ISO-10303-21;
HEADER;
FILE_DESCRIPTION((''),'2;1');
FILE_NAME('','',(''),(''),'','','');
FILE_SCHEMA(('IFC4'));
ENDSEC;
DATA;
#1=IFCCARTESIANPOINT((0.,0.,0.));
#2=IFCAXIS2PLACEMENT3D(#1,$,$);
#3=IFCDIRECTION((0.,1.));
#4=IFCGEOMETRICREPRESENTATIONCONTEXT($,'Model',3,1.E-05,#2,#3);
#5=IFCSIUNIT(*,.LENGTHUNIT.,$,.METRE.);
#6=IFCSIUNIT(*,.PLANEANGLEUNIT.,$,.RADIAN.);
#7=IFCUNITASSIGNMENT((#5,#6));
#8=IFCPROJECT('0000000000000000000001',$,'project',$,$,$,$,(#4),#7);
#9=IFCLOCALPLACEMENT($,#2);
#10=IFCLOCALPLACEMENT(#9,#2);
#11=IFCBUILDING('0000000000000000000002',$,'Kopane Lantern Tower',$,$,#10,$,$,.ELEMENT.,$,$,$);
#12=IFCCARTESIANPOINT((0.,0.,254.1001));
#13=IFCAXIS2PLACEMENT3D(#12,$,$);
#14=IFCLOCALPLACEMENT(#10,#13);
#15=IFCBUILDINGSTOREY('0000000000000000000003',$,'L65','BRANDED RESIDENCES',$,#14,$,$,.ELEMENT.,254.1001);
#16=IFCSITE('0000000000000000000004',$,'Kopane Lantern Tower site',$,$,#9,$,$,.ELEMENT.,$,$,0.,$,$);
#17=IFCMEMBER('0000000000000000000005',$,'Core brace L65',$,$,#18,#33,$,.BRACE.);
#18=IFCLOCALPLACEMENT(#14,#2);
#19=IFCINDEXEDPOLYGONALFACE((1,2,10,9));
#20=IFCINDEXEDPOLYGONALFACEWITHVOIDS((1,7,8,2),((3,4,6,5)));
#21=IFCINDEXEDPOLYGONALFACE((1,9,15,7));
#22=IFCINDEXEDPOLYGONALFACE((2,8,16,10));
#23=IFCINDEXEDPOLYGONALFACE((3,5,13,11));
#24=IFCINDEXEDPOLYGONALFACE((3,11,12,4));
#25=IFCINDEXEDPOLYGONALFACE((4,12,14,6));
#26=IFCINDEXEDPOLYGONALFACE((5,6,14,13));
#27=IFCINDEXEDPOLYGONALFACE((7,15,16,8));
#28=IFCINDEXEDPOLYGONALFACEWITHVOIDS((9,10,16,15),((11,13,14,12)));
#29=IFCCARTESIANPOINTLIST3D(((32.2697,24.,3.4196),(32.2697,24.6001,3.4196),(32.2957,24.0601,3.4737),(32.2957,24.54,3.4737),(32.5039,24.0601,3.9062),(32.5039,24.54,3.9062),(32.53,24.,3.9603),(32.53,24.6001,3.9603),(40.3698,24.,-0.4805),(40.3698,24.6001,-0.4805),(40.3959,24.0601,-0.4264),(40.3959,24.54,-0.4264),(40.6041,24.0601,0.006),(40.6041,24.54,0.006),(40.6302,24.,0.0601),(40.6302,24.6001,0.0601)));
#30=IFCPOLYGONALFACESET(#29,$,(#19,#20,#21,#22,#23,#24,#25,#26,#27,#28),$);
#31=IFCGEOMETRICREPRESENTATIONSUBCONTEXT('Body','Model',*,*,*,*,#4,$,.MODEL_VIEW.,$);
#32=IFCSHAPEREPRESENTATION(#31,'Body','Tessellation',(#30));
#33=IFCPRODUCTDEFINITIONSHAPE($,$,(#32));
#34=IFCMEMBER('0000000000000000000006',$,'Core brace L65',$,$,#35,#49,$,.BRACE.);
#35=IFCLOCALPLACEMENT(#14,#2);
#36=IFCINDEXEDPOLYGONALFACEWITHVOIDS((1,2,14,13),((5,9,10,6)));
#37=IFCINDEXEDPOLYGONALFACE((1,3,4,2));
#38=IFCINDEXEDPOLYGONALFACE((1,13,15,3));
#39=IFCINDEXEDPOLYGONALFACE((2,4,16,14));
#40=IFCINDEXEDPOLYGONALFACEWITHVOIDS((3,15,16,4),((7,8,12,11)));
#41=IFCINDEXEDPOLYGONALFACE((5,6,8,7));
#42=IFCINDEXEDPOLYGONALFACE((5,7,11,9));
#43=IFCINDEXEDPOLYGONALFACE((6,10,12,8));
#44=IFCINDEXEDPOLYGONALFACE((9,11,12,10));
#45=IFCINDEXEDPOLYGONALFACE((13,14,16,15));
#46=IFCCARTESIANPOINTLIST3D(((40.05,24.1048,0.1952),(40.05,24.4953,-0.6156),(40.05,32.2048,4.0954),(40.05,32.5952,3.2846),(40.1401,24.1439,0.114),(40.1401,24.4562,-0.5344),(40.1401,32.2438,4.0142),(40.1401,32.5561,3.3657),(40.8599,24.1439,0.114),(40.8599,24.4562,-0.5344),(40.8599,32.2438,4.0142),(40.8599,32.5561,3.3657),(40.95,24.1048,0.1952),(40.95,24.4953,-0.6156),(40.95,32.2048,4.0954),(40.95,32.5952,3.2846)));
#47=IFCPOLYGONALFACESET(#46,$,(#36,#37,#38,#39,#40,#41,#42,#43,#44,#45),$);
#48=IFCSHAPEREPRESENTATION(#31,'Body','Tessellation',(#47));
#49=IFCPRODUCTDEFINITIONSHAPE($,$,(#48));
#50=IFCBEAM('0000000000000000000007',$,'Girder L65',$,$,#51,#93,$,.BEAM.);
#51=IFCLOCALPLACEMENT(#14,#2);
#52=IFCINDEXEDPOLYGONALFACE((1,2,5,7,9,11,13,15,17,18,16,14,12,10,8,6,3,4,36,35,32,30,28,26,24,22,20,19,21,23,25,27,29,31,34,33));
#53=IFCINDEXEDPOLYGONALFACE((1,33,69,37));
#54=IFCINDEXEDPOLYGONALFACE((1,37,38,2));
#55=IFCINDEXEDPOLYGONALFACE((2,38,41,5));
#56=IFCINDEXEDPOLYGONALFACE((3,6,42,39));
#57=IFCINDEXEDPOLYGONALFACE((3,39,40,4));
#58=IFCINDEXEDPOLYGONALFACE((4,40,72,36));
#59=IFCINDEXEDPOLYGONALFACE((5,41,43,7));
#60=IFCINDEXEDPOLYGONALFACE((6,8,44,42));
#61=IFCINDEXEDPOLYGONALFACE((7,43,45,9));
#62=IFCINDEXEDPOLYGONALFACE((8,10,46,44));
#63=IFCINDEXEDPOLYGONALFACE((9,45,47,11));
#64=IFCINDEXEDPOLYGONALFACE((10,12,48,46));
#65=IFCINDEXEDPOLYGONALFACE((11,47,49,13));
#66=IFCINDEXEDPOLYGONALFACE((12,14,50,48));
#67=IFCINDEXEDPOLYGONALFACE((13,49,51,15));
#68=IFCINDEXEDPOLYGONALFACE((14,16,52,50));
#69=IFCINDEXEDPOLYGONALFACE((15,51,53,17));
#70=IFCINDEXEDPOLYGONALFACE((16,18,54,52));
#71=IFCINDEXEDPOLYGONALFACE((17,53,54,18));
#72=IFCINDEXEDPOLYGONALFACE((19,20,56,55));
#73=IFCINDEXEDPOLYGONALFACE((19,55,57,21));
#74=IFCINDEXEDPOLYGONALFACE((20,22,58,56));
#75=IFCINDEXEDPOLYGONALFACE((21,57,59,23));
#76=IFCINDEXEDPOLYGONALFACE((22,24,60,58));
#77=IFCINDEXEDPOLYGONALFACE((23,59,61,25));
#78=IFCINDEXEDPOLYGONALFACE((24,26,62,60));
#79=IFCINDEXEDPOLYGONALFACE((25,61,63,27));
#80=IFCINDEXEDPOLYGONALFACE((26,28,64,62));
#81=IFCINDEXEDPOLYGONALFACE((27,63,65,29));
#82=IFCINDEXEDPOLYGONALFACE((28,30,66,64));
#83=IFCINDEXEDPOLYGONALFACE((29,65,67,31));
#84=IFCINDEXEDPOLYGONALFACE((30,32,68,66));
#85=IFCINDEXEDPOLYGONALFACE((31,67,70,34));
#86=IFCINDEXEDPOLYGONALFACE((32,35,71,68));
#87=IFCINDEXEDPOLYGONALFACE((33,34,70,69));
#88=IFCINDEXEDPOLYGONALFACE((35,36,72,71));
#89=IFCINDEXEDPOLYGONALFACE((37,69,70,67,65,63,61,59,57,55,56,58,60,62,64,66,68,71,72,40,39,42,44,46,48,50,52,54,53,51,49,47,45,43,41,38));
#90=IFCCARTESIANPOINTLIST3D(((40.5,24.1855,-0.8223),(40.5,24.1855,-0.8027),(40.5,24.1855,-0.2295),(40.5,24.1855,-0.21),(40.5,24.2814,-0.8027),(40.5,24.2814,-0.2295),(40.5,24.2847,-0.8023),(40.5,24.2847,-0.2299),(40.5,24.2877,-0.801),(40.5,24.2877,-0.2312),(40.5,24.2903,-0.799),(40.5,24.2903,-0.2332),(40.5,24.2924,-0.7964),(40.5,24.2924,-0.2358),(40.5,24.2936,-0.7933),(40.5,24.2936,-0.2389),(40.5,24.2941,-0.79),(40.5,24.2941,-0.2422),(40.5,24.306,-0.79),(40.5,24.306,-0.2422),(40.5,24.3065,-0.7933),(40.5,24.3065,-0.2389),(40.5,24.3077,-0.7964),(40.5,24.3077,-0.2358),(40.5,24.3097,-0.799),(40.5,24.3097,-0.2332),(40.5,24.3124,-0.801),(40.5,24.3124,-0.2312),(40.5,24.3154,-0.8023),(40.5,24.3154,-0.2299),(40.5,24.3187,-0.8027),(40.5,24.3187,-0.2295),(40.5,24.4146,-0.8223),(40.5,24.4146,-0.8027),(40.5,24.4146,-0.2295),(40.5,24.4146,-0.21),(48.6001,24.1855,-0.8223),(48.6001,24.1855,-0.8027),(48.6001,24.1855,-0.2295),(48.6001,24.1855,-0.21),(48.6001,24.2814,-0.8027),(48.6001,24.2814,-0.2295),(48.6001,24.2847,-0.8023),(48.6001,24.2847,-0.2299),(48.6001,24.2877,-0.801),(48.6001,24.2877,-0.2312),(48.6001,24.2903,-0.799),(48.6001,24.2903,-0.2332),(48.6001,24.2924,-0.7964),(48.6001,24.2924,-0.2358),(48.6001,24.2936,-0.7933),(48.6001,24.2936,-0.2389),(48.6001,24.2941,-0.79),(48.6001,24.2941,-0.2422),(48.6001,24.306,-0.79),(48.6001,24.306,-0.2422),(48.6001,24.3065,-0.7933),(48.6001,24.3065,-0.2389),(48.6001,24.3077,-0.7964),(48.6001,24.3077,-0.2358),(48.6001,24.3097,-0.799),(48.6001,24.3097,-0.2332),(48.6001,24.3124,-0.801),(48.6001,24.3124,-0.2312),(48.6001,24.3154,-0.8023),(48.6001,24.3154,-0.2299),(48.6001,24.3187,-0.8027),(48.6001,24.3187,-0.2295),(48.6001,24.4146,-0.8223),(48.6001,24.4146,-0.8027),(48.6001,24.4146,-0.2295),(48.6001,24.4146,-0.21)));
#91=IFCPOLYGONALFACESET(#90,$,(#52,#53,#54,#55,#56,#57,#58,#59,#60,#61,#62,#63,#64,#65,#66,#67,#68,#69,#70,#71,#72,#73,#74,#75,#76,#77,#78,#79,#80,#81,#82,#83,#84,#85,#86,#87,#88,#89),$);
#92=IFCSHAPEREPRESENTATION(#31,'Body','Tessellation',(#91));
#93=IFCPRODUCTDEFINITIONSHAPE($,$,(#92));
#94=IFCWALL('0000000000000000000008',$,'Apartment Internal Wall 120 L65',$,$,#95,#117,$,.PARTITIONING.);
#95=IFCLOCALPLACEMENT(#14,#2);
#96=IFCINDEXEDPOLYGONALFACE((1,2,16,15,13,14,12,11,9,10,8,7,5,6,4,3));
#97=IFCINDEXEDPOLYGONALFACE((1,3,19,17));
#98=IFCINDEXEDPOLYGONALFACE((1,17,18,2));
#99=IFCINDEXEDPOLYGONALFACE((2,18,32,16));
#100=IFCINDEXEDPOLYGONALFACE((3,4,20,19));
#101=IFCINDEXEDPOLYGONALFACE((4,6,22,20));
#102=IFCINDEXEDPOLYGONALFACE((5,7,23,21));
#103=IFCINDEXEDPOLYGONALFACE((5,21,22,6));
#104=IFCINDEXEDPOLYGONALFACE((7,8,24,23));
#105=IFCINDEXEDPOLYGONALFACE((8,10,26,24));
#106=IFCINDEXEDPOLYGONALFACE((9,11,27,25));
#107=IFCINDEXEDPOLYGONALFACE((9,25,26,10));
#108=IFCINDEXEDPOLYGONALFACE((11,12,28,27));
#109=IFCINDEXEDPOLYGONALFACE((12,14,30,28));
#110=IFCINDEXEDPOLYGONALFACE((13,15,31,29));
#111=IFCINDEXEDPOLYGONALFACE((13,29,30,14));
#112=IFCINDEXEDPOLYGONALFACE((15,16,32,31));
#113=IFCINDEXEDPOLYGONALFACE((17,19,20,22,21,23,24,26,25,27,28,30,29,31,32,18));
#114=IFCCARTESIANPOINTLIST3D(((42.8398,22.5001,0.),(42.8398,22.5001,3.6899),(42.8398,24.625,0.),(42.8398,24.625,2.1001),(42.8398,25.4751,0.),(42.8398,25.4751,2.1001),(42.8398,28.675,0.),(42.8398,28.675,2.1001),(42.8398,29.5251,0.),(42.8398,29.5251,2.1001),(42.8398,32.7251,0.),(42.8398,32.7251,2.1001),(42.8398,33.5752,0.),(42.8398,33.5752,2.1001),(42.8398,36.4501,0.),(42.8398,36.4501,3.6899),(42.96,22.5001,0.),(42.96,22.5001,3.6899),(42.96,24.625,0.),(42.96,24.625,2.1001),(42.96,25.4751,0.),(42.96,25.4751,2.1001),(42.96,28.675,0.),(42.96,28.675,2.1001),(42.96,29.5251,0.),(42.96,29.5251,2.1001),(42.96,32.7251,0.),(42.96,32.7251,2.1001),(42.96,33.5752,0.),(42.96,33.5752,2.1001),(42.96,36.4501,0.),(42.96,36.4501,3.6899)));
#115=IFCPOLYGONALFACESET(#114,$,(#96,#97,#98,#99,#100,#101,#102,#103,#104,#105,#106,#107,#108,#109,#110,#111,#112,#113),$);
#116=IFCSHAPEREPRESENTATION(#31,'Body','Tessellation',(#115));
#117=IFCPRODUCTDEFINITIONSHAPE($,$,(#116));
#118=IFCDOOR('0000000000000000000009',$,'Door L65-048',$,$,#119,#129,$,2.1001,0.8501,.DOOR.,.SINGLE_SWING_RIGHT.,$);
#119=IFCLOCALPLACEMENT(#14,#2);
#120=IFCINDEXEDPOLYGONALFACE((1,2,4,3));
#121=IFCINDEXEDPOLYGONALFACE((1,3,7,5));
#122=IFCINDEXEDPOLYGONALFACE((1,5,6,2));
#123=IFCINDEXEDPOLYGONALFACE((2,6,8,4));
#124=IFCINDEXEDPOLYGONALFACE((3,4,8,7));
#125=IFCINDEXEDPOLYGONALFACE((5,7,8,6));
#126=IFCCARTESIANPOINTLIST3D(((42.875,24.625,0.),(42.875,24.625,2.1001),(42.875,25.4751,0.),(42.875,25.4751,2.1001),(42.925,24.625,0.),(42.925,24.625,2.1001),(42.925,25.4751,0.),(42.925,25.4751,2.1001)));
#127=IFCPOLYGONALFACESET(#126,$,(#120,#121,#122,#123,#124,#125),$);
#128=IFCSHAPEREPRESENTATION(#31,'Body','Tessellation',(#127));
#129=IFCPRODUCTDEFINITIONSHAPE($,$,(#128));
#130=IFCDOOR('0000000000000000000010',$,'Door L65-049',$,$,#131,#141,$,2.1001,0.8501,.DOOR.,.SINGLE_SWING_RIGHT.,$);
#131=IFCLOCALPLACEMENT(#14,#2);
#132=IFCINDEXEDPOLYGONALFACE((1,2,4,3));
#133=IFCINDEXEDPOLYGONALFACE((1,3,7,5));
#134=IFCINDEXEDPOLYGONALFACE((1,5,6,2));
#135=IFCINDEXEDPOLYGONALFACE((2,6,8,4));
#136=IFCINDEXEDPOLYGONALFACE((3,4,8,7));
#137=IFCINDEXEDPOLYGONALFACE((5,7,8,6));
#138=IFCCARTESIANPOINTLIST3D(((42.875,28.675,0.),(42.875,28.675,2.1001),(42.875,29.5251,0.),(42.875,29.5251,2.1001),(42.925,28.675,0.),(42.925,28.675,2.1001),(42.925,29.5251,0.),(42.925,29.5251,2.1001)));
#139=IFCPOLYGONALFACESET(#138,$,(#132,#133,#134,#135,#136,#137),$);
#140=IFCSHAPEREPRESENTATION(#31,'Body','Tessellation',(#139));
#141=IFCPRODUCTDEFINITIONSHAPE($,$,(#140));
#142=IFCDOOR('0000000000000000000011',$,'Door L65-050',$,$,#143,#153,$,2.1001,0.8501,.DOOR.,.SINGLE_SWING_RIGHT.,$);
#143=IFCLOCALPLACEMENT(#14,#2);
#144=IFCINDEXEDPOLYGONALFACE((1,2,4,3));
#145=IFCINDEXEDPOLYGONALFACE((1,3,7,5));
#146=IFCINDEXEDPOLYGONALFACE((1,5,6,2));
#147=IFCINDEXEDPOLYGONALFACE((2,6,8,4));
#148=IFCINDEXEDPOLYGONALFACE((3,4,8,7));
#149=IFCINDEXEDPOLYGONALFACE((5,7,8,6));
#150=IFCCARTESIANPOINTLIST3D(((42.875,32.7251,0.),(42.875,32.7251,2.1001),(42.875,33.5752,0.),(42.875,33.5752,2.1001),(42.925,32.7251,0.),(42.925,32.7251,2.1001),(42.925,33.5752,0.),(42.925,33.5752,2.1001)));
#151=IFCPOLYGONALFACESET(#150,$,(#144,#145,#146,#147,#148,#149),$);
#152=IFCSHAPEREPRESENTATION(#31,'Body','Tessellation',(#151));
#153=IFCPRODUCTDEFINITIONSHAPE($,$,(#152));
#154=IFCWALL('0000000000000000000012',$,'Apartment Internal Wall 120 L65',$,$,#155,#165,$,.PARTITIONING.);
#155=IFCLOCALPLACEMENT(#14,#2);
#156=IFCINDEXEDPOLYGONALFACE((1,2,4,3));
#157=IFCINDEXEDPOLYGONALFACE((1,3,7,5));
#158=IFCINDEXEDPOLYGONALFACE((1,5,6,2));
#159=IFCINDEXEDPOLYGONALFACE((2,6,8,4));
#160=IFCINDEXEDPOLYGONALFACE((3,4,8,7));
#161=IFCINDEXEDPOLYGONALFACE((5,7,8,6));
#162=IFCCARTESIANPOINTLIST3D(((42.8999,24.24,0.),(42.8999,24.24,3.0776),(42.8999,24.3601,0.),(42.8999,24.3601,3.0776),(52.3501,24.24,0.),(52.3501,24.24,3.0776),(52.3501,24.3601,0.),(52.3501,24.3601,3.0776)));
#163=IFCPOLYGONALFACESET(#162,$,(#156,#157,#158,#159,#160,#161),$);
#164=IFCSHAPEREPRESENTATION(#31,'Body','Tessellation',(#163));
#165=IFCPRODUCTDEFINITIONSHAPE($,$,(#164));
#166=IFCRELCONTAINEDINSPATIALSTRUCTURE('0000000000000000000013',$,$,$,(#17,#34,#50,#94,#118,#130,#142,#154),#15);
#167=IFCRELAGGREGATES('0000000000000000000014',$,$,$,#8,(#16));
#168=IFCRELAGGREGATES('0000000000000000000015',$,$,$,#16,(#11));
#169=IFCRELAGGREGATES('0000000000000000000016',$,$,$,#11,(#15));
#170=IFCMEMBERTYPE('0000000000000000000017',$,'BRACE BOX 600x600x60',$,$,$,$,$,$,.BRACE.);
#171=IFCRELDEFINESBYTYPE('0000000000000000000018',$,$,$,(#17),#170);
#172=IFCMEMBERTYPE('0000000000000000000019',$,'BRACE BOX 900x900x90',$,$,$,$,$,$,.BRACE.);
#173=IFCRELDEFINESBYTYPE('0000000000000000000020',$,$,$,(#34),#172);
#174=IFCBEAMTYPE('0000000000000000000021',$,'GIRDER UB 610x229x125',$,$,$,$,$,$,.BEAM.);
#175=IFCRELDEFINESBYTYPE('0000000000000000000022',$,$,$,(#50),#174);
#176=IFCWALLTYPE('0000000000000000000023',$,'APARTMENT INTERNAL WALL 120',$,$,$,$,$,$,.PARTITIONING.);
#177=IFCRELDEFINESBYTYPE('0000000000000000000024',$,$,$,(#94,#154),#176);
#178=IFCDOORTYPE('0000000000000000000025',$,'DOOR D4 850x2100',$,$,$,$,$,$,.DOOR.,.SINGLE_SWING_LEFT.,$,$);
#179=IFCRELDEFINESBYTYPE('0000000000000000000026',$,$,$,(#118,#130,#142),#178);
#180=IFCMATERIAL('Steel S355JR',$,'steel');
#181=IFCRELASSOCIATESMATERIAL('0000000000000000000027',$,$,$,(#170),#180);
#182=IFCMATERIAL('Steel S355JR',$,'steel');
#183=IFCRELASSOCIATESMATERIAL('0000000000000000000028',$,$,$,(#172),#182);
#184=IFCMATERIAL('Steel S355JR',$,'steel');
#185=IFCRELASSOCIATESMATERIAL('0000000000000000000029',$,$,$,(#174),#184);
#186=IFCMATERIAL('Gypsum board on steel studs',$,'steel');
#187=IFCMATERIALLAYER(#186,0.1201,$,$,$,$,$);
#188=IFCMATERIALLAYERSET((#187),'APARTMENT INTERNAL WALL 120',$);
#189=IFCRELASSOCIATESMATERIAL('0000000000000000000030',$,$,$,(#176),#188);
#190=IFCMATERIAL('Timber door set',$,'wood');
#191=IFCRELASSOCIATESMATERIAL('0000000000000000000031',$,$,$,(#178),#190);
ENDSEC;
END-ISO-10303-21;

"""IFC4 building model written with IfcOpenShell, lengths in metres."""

from ifc_helpers import new_model, si_unit, direction, frame, frame_2d, origin, origin_2d, place, context, subcontext, project, spatial, rectangle, hollow_rectangle, i_section, extrude, material, layer, layer_set, material_profile, profile_set, type_object, element, fill, save


model = new_model("IFC4")

# Units and contexts
model_context = context("Model", 3, precision=1e-05, world=origin(), true_north=direction((0.0, 1.0)))
body_context = subcontext(model_context, "Body", "Model", "MODEL_VIEW")
ifc_project = project(units=[si_unit("LENGTHUNIT", "METRE"), si_unit("PLANEANGLEUNIT", "RADIAN")], contexts=[model_context])

# Site, building, storey
site_placement = place(None, origin())
site = spatial("IfcSite", under=ifc_project, at=site_placement, Name="Kopane Lantern Tower site", CompositionType="ELEMENT", RefElevation=0.0)
building_placement = place(site_placement, origin())
building = spatial("IfcBuilding", under=site, at=building_placement, Name="Kopane Lantern Tower", CompositionType="ELEMENT")
storey_placement = place(building_placement, frame((0.0, 0.0, 254.1001)))
storey = spatial("IfcBuildingStorey", under=building, at=storey_placement, Name="L65", Description="BRANDED RESIDENCES", CompositionType="ELEMENT", Elevation=254.1001)

# Members
ifc_material_1 = material(Name="Steel S355JR", Category="steel")
ifc_material_profile_1 = material_profile(ifc_material_1, hollow_rectangle(XDim=0.6001, YDim=0.6001, WallThickness=0.0601, at=origin_2d()), Name="BOX 600x600x60")
ifc_profile_set_1 = profile_set([ifc_material_profile_1], Name="Steel S355JR")
member_type_1 = type_object("IfcMemberType", Name="BRACE BOX 600x600x60", PredefinedType="BRACE", material=ifc_profile_set_1)
member_1_placement = place(storey_placement, frame((40.5, 24.3, -0.2102), z_axis=(-0.900997, 0.0, 0.433825), x_axis=(0.0, -1.0, 0.0)))
element("IfcMember", 1, at=member_1_placement, inside=storey, type_object=member_type_1, Name="Core brace L65", PredefinedType="BRACE", context=body_context, shape_type="SweptSolid", body=[
    extrude(hollow_rectangle(XDim=0.6001, YDim=0.6001, WallThickness=0.0601, at=origin_2d()), origin(), (0.0, 0.0, 1.0), 8.9902),
])
ifc_material_2 = material(Name="Steel S355JR", Category="steel")
ifc_material_profile_2 = material_profile(ifc_material_2, hollow_rectangle(XDim=0.8999, YDim=0.8999, WallThickness=0.0901, at=origin_2d()), Name="BOX 900x900x90")
ifc_profile_set_2 = profile_set([ifc_material_profile_2], Name="Steel S355JR")
member_type_2 = type_object("IfcMemberType", Name="BRACE BOX 900x900x90", PredefinedType="BRACE", material=ifc_profile_set_2)
member_2_placement = place(storey_placement, frame((40.5, 24.3, -0.2102), z_axis=(0.0, 0.900992, 0.433835), x_axis=(-1.0, 0.0, 0.0)))
element("IfcMember", 2, at=member_2_placement, inside=storey, type_object=member_type_2, Name="Core brace L65", PredefinedType="BRACE", context=body_context, shape_type="SweptSolid", body=[
    extrude(hollow_rectangle(XDim=0.8999, YDim=0.8999, WallThickness=0.0901, at=origin_2d()), origin(), (0.0, 0.0, 1.0), 8.99),
])

# Beam
ifc_material_3 = material(Name="Steel S355JR", Category="steel")
ifc_material_profile_3 = material_profile(ifc_material_3, i_section(OverallWidth=0.229, OverallDepth=0.6123, WebThickness=0.012, FlangeThickness=0.0195, FilletRadius=0.0127, at=origin_2d()), Name="UB 610x229x125")
ifc_profile_set_3 = profile_set([ifc_material_profile_3], Name="Steel S355JR")
beam_type = type_object("IfcBeamType", Name="GIRDER UB 610x229x125", PredefinedType="BEAM", material=ifc_profile_set_3)
beam_placement = place(storey_placement, frame((40.5, 24.3, -0.5161), z_axis=(1.0, 0.0, 0.0), x_axis=(0.0, 1.0, 0.0)))
element("IfcBeam", 3, at=beam_placement, inside=storey, type_object=beam_type, Name="Girder L65", PredefinedType="BEAM", context=body_context, shape_type="SweptSolid", body=[
    extrude(i_section(OverallWidth=0.229, OverallDepth=0.6123, WebThickness=0.012, FlangeThickness=0.0195, FilletRadius=0.0127, at=origin_2d()), origin(), (0.0, 0.0, 1.0), 8.1001),
])

# Wall, openings, doors
ifc_material_4 = material(Name="Gypsum board on steel studs", Category="steel")
ifc_layer_1 = layer(ifc_material_4, 0.1201)
ifc_layer_set_1 = layer_set([ifc_layer_1], Name="APARTMENT INTERNAL WALL 120")
wall_type_1 = type_object("IfcWallType", Name="APARTMENT INTERNAL WALL 120", PredefinedType="PARTITIONING", material=ifc_layer_set_1)
wall_1_placement = place(storey_placement, frame((42.8999, 22.5, 0.0), z_axis=(0.0, 0.0, 1.0), x_axis=(0.0, 1.0, 0.0)))
wall_1 = element("IfcWall", 4, at=wall_1_placement, inside=storey, type_object=wall_type_1, Name="Apartment Internal Wall 120 L65", PredefinedType="PARTITIONING", context=body_context, shape_type="SweptSolid", body=[
    extrude(rectangle(XDim=13.95, YDim=0.1201, at=frame_2d((6.9751, 0.0))), origin(), (0.0, 0.0, 1.0), 3.6899),
])
opening_1_placement = place(wall_1_placement, frame((2.125, 0.0, 0.0)))
opening_1 = element("IfcOpeningElement", 5, at=opening_1_placement, cuts=wall_1, PredefinedType="OPENING", context=body_context, shape_type="SweptSolid", body=[
    extrude(rectangle(XDim=0.8501, YDim=2.1001, at=frame_2d((0.425, 1.05))), frame((0.0, 0.0701, 0.0), z_axis=(0.0, -1.0, 0.0), x_axis=(1.0, 0.0, 0.0)), (0.0, 0.0, 1.0), 0.1401),
])
opening_2_placement = place(wall_1_placement, frame((6.175, 0.0, 0.0)))
opening_2 = element("IfcOpeningElement", 6, at=opening_2_placement, cuts=wall_1, PredefinedType="OPENING", context=body_context, shape_type="SweptSolid", body=[
    extrude(rectangle(XDim=0.8501, YDim=2.1001, at=frame_2d((0.425, 1.05))), frame((0.0, 0.0701, 0.0), z_axis=(0.0, -1.0, 0.0), x_axis=(1.0, 0.0, 0.0)), (0.0, 0.0, 1.0), 0.1401),
])
opening_3_placement = place(wall_1_placement, frame((10.2251, 0.0, 0.0)))
opening_3 = element("IfcOpeningElement", 7, at=opening_3_placement, cuts=wall_1, PredefinedType="OPENING", context=body_context, shape_type="SweptSolid", body=[
    extrude(rectangle(XDim=0.8501, YDim=2.1001, at=frame_2d((0.425, 1.05))), frame((0.0, 0.0701, 0.0), z_axis=(0.0, -1.0, 0.0), x_axis=(1.0, 0.0, 0.0)), (0.0, 0.0, 1.0), 0.1401),
])
ifc_material_5 = material(Name="Timber door set", Category="wood")
door_type = type_object("IfcDoorType", Name="DOOR D4 850x2100", OperationType="SINGLE_SWING_LEFT", PredefinedType="DOOR", material=ifc_material_5)
door_1_placement = place(opening_1_placement, origin())
door_1 = element("IfcDoor", 8, at=door_1_placement, inside=storey, type_object=door_type, Name="Door L65-048", OperationType="SINGLE_SWING_RIGHT", OverallHeight=2.1001, OverallWidth=0.8501, PredefinedType="DOOR", context=body_context, shape_type="SweptSolid", body=[
    extrude(rectangle(XDim=0.8501, YDim=2.1001, at=frame_2d((0.425, 1.05))), frame((0.0, 0.0249, 0.0), z_axis=(0.0, -1.0, 0.0), x_axis=(1.0, 0.0, 0.0)), (0.0, 0.0, 1.0), 0.05),
])
fill(opening_1, door_1)
door_2_placement = place(opening_2_placement, origin())
door_2 = element("IfcDoor", 9, at=door_2_placement, inside=storey, type_object=door_type, Name="Door L65-049", OperationType="SINGLE_SWING_RIGHT", OverallHeight=2.1001, OverallWidth=0.8501, PredefinedType="DOOR", context=body_context, shape_type="SweptSolid", body=[
    extrude(rectangle(XDim=0.8501, YDim=2.1001, at=frame_2d((0.425, 1.05))), frame((0.0, 0.0249, 0.0), z_axis=(0.0, -1.0, 0.0), x_axis=(1.0, 0.0, 0.0)), (0.0, 0.0, 1.0), 0.05),
])
fill(opening_2, door_2)
door_3_placement = place(opening_3_placement, origin())
door_3 = element("IfcDoor", 10, at=door_3_placement, inside=storey, type_object=door_type, Name="Door L65-050", OperationType="SINGLE_SWING_RIGHT", OverallHeight=2.1001, OverallWidth=0.8501, PredefinedType="DOOR", context=body_context, shape_type="SweptSolid", body=[
    extrude(rectangle(XDim=0.8501, YDim=2.1001, at=frame_2d((0.425, 1.05))), frame((0.0, 0.0249, 0.0), z_axis=(0.0, -1.0, 0.0), x_axis=(1.0, 0.0, 0.0)), (0.0, 0.0, 1.0), 0.05),
])
fill(opening_3, door_3)

# Wall
wall_2_placement = place(storey_placement, frame((42.8999, 24.3, 0.0), z_axis=(0.0, 0.0, 1.0), x_axis=(1.0, 0.0, 0.0)))
element("IfcWall", 11, at=wall_2_placement, inside=storey, type_object=wall_type_1, Name="Apartment Internal Wall 120 L65", PredefinedType="PARTITIONING", context=body_context, shape_type="SweptSolid", body=[
    extrude(rectangle(XDim=9.4502, YDim=0.1201, at=frame_2d((4.7251, 0.0))), origin(), (0.0, 0.0, 1.0), 3.0776),
])

save(model, "model.ifc")
